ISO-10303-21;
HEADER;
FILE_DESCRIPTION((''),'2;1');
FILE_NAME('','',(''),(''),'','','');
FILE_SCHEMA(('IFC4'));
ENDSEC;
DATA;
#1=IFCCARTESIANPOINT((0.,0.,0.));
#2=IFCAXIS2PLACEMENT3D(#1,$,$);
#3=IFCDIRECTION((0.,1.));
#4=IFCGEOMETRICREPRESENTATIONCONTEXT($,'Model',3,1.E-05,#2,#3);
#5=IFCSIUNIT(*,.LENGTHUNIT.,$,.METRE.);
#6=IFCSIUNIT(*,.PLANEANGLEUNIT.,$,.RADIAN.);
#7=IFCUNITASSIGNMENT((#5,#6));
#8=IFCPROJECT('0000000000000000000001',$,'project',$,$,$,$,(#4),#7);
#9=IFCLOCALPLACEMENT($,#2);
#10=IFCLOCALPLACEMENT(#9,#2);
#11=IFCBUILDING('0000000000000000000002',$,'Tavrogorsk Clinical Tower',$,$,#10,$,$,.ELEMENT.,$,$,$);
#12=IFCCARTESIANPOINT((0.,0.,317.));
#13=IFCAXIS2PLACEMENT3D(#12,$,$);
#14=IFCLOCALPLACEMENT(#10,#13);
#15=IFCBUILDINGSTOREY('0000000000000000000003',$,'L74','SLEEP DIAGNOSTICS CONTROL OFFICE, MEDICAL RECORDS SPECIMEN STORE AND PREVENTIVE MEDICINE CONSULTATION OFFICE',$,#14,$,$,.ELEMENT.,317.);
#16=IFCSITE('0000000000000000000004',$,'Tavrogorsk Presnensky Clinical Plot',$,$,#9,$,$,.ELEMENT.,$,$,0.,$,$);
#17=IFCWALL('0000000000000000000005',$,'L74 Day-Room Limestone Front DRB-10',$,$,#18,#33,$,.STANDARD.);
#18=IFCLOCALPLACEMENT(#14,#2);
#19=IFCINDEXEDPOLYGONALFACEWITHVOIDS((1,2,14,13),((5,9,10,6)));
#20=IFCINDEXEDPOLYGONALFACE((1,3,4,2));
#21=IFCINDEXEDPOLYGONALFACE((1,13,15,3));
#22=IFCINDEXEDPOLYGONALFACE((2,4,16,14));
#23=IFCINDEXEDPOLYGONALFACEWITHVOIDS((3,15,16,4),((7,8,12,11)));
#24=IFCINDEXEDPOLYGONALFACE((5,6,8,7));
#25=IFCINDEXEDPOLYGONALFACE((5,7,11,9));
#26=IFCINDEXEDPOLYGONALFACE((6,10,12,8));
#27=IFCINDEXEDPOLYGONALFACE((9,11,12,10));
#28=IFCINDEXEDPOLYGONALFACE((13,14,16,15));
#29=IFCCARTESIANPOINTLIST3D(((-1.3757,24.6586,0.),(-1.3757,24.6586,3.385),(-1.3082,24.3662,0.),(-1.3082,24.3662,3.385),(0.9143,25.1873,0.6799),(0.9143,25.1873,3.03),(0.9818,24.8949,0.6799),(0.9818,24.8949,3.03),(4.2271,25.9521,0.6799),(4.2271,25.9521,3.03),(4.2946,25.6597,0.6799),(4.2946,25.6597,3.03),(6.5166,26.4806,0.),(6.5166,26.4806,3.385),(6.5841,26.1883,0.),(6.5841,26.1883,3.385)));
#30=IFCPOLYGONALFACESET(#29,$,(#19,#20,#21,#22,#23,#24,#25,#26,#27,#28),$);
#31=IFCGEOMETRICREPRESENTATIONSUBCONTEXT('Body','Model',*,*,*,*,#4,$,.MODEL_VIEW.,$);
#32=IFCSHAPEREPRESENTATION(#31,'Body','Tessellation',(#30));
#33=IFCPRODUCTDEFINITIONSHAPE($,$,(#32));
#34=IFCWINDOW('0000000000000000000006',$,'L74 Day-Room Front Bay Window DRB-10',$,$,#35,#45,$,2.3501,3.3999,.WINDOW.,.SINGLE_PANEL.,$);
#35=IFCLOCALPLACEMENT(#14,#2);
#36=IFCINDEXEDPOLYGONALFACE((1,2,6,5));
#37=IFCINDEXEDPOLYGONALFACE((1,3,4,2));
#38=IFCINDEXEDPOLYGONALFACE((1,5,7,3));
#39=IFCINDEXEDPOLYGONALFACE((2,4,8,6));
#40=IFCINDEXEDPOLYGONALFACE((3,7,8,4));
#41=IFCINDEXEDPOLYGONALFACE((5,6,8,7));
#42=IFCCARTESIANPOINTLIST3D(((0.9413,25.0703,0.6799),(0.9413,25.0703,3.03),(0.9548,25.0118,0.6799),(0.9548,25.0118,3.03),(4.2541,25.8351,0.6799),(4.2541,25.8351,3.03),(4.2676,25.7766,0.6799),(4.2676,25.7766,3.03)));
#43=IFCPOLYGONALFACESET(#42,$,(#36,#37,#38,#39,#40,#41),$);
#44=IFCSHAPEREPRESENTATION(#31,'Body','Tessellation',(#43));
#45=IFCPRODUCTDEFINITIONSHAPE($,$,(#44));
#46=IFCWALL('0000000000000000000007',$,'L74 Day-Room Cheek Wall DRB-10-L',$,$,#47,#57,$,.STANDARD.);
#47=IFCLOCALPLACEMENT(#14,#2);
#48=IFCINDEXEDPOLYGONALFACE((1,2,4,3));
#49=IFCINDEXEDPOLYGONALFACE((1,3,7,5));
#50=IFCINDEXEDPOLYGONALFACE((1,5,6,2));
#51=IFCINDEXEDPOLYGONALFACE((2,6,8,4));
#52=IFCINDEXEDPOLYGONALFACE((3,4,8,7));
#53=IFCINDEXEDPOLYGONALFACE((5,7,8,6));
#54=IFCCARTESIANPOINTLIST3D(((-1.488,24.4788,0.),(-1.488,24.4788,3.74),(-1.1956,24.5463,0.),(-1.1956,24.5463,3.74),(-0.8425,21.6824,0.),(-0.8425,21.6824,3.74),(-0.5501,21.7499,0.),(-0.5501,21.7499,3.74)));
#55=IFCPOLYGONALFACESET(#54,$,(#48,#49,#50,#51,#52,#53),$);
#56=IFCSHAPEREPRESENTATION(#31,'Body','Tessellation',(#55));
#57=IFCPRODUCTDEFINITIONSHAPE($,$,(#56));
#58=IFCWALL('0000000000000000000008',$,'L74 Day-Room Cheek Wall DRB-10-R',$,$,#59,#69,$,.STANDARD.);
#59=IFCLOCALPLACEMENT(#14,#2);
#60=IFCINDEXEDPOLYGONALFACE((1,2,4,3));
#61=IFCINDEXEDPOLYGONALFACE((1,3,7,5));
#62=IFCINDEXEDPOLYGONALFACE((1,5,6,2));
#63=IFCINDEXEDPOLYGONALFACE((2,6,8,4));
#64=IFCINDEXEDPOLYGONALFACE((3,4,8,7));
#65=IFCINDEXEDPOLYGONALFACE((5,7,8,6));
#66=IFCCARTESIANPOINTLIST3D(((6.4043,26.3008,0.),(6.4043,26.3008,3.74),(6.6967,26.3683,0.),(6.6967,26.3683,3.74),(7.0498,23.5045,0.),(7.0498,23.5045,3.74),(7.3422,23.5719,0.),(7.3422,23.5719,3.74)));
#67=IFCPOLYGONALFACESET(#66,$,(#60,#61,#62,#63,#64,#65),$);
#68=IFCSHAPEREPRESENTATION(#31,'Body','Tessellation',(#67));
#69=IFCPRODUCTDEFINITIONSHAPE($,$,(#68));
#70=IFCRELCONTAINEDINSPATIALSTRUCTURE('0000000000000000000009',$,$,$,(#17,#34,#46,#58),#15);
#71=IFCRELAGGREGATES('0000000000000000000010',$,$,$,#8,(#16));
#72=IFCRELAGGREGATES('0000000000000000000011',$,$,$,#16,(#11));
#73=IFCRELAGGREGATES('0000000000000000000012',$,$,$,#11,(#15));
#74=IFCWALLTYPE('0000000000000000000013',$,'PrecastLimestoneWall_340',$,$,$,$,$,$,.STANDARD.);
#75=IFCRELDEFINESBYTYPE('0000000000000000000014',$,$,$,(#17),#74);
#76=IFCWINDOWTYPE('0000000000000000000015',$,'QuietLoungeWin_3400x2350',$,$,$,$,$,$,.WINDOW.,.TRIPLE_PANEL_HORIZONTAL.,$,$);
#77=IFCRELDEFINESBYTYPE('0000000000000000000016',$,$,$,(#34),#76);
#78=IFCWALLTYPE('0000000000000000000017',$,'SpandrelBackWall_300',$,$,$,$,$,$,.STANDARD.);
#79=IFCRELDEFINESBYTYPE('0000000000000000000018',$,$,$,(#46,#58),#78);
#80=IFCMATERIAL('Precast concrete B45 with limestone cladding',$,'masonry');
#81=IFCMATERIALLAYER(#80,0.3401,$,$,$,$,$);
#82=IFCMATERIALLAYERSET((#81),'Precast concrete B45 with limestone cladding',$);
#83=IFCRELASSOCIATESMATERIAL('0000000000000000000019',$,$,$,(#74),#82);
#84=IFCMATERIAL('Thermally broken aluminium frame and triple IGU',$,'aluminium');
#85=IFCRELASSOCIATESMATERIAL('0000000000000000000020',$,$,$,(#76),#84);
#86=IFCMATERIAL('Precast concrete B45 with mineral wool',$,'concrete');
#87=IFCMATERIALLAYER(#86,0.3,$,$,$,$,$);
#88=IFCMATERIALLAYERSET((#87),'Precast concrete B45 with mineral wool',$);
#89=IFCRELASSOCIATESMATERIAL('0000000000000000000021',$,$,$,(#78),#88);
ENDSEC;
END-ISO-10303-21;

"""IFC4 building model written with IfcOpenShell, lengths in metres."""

from ifc_helpers import new_model, si_unit, direction, frame, frame_2d, origin, place, context, subcontext, project, spatial, rectangle, extrude, material, layer, layer_set, type_object, element, fill, save


model = new_model("IFC4")

# Units and contexts
model_context = context("Model", 3, precision=1e-05, world=origin(), true_north=direction((0.0, 1.0)))
body_context = subcontext(model_context, "Body", "Model", "MODEL_VIEW")
ifc_project = project(units=[si_unit("LENGTHUNIT", "METRE"), si_unit("PLANEANGLEUNIT", "RADIAN")], contexts=[model_context])

# Site, building, storey
site_placement = place(None, origin())
site = spatial("IfcSite", under=ifc_project, at=site_placement, Name="Tavrogorsk Presnensky Clinical Plot", CompositionType="ELEMENT", RefElevation=0.0)
building_placement = place(site_placement, origin())
building = spatial("IfcBuilding", under=site, at=building_placement, Name="Tavrogorsk Clinical Tower", CompositionType="ELEMENT")
storey_placement = place(building_placement, frame((0.0, 0.0, 317.0)))
storey = spatial("IfcBuildingStorey", under=building, at=storey_placement, Name="L74", Description="SLEEP DIAGNOSTICS CONTROL OFFICE, MEDICAL RECORDS SPECIMEN STORE AND PREVENTIVE MEDICINE CONSULTATION OFFICE", CompositionType="ELEMENT", Elevation=317.0)

# Wall, opening, window
ifc_material_1 = material(Name="Precast concrete B45 with limestone cladding", Category="masonry")
ifc_layer_1 = layer(ifc_material_1, 0.3401)
ifc_layer_set_1 = layer_set([ifc_layer_1], Name="Precast concrete B45 with limestone cladding")
wall_type_1 = type_object("IfcWallType", Name="PrecastLimestoneWall_340", PredefinedType="STANDARD", material=ifc_layer_set_1)
wall_1_placement = place(storey_placement, frame((-1.3418, 24.5125, 0.0), z_axis=(0.0, 0.0, 1.0), x_axis=(0.974372, 0.224943, 0.0)))
wall_1 = element("IfcWall", 1, at=wall_1_placement, inside=storey, type_object=wall_type_1, Name="L74 Day-Room Limestone Front DRB-10", PredefinedType="STANDARD", context=body_context, shape_type="SweptSolid", body=[
    extrude(rectangle(XDim=8.0999, YDim=0.3, at=frame_2d((4.0498, 0.0))), origin(), (0.0, 0.0, 1.0), 3.385),
])
opening_1_placement = place(wall_1_placement, frame((2.3501, 0.0, 0.6799)))
opening_1 = element("IfcOpeningElement", 2, at=opening_1_placement, cuts=wall_1, PredefinedType="OPENING", context=body_context, shape_type="SweptSolid", body=[
    extrude(rectangle(XDim=3.3999, YDim=2.3501, at=frame_2d((1.7, 1.175))), frame((0.0, 0.1599, 0.0), z_axis=(0.0, -1.0, 0.0), x_axis=(1.0, 0.0, 0.0)), (0.0, 0.0, 1.0), 0.3201),
])
ifc_material_2 = material(Name="Thermally broken aluminium frame and triple IGU", Category="aluminium")
window_type_1 = type_object("IfcWindowType", Name="QuietLoungeWin_3400x2350", PartitioningType="TRIPLE_PANEL_HORIZONTAL", PredefinedType="WINDOW", material=ifc_material_2)
window_1_placement = place(opening_1_placement, origin())
window_1 = element("IfcWindow", 3, at=window_1_placement, inside=storey, type_object=window_type_1, Name="L74 Day-Room Front Bay Window DRB-10", OverallHeight=2.3501, OverallWidth=3.3999, PartitioningType="SINGLE_PANEL", PredefinedType="WINDOW", context=body_context, shape_type="SweptSolid", body=[
    extrude(rectangle(XDim=3.3999, YDim=2.3501, at=frame_2d((1.7, 1.175))), frame((0.0, 0.03, 0.0), z_axis=(0.0, -1.0, 0.0), x_axis=(1.0, 0.0, 0.0)), (0.0, 0.0, 1.0), 0.0601),
])
fill(opening_1, window_1)

# Walls
ifc_material_3 = material(Name="Precast concrete B45 with mineral wool", Category="concrete")
ifc_layer_2 = layer(ifc_material_3, 0.3)
ifc_layer_set_2 = layer_set([ifc_layer_2], Name="Precast concrete B45 with mineral wool")
wall_type_2 = type_object("IfcWallType", Name="SpandrelBackWall_300", PredefinedType="STANDARD", material=ifc_layer_set_2)
for number, where, z_axis, x_axis, name in (
    (4, (-0.6963, 21.7161, 0.0), (0.0, 0.0, 1.0), (-0.224922, 0.974377, 0.0), "L74 Day-Room Cheek Wall DRB-10-L"),
    (5, (7.196, 23.5381, 0.0), (0.0, 0.0, 1.0), (-0.224922, 0.974377, 0.0), "L74 Day-Room Cheek Wall DRB-10-R"),
):
    element("IfcWall", number, at=place(storey_placement, frame(where, z_axis=z_axis, x_axis=x_axis)), inside=storey, type_object=wall_type_2, Name=name, PredefinedType="STANDARD", context=body_context, shape_type="SweptSolid", body=[
        extrude(rectangle(XDim=2.8699, YDim=0.3, at=frame_2d((1.4351, 0.0))), origin(), (0.0, 0.0, 1.0), 3.74),
    ])

save(model, "model.ifc")
